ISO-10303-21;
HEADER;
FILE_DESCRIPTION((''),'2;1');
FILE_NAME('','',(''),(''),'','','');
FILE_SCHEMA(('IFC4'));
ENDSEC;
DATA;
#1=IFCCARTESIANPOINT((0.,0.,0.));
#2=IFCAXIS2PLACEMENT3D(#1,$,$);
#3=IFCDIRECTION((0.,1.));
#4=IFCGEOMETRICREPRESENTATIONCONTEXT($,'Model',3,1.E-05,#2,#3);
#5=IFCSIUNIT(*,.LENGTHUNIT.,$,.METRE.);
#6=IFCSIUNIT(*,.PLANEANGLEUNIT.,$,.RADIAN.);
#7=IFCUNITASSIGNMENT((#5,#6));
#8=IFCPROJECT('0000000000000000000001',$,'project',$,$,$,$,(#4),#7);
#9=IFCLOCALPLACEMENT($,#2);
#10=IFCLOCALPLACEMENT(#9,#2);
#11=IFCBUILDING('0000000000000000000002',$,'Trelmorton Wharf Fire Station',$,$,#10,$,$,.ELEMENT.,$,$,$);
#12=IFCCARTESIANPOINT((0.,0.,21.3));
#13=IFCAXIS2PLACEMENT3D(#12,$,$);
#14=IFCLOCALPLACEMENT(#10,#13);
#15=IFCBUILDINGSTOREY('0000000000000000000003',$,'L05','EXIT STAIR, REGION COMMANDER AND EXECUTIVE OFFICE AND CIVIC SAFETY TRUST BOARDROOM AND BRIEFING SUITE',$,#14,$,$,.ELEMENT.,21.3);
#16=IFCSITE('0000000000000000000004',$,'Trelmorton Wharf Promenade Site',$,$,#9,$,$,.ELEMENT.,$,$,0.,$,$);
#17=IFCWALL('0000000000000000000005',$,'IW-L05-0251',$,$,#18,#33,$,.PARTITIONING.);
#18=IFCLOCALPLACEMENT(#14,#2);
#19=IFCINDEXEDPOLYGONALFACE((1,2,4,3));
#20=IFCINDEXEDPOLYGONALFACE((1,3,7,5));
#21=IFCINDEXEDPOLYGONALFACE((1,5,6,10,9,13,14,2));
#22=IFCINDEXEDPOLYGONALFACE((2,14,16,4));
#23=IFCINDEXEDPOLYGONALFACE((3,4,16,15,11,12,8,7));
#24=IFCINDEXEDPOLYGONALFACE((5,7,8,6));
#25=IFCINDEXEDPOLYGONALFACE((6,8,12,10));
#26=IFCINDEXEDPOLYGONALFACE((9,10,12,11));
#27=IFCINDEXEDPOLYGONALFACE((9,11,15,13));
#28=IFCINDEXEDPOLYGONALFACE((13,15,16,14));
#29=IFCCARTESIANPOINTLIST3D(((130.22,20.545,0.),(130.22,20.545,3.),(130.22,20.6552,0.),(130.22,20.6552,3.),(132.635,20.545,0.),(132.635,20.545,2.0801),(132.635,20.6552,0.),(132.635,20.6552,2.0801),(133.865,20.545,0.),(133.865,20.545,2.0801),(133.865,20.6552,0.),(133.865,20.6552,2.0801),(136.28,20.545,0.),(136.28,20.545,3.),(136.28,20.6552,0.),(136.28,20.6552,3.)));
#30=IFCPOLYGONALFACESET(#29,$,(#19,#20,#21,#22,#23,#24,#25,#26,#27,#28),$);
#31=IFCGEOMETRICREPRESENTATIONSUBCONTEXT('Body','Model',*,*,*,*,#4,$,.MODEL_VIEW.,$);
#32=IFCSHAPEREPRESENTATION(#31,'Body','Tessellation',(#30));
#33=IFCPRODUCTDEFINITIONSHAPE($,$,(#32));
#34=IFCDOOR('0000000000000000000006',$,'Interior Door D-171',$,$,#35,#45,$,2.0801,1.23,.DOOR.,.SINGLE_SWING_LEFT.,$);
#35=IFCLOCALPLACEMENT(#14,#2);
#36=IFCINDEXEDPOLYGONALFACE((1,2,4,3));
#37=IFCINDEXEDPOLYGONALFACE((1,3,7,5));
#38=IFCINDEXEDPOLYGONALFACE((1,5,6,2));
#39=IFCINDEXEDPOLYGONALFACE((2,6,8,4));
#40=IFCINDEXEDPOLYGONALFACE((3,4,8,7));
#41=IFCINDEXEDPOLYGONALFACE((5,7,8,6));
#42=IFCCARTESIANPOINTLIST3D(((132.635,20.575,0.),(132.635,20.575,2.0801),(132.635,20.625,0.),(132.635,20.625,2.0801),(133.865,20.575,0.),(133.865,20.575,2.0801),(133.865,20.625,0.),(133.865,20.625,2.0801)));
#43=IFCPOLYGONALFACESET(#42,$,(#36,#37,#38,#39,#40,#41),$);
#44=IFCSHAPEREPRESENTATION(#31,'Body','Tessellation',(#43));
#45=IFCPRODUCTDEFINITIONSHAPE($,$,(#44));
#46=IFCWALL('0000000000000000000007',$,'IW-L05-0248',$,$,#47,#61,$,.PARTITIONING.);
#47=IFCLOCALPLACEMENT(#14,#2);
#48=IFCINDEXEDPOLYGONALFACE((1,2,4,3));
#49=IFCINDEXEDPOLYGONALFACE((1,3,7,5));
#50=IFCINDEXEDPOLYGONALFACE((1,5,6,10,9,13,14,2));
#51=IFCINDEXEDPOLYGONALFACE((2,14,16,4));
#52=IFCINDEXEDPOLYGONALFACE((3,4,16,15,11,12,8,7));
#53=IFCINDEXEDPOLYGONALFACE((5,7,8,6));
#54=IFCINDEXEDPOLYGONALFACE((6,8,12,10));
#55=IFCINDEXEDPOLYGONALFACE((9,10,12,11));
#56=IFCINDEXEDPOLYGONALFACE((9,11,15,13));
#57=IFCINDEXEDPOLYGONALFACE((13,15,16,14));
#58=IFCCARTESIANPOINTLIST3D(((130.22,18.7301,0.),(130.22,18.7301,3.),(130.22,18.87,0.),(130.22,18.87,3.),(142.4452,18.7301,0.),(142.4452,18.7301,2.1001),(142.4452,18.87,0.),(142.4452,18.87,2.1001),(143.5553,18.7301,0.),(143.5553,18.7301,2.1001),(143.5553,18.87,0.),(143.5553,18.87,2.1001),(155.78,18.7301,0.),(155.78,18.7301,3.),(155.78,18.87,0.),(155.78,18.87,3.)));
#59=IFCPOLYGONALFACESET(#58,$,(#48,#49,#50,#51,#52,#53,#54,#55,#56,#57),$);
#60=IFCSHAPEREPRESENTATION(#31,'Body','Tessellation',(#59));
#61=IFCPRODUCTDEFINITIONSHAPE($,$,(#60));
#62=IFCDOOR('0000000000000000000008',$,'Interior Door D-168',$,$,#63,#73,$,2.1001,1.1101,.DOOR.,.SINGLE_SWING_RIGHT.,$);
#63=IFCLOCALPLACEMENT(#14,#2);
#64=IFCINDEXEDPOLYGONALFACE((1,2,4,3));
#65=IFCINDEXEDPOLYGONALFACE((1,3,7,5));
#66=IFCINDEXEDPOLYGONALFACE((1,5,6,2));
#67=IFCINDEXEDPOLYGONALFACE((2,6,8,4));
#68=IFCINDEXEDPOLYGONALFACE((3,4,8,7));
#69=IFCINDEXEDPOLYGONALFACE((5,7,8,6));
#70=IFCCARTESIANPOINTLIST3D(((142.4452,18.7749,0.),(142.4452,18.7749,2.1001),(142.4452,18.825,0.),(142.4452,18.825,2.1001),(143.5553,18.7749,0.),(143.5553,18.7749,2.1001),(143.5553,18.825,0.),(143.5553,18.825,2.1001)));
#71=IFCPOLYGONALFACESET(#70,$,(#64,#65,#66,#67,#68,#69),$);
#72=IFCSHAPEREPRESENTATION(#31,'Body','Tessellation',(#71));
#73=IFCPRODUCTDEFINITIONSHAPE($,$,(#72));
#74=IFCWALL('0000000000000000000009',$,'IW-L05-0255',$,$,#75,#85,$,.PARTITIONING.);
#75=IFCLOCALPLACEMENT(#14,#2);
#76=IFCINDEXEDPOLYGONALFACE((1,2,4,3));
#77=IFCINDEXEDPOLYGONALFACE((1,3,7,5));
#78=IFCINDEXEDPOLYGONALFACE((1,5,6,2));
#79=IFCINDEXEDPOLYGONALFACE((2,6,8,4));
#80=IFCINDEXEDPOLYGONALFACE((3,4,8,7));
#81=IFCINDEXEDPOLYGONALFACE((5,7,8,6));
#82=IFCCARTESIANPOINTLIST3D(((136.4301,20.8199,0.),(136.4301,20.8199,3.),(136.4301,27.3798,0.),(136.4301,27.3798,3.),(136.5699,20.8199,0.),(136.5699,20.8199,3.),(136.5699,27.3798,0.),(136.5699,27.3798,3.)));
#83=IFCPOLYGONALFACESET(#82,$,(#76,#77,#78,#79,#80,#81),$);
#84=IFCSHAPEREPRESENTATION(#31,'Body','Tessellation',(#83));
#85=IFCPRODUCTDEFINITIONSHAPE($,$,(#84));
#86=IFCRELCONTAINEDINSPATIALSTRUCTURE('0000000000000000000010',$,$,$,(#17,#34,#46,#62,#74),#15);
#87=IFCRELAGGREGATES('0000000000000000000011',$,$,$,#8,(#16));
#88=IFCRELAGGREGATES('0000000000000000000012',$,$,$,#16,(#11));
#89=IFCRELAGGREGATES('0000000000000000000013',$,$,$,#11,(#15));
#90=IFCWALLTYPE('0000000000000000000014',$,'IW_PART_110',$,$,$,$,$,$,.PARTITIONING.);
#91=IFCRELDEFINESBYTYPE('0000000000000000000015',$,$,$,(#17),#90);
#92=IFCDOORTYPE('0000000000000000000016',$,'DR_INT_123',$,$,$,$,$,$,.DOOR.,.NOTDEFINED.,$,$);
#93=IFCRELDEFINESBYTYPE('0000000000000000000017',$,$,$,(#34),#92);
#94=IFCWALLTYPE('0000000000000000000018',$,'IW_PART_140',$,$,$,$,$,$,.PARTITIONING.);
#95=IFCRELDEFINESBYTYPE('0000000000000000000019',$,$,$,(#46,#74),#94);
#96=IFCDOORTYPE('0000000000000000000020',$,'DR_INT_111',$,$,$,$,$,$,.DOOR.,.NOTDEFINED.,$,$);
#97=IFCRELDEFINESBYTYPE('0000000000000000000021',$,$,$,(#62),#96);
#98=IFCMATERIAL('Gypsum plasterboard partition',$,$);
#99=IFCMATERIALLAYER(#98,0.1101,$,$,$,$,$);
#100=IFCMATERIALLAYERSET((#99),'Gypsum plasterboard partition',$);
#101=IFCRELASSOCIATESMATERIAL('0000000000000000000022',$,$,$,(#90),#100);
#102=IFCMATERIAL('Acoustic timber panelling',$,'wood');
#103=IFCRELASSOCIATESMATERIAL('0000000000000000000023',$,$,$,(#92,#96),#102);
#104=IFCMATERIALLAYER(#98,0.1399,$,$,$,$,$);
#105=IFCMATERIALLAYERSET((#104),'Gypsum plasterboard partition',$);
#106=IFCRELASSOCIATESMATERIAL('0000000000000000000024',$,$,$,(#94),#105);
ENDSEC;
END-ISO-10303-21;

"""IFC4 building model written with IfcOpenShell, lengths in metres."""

from ifc_helpers import new_model, si_unit, direction, frame, frame_2d, origin, place, context, subcontext, project, spatial, rectangle, extrude, material, layer, layer_set, type_object, element, fill, save


model = new_model("IFC4")

# Units and contexts
model_context = context("Model", 3, precision=1e-05, world=origin(), true_north=direction((0.0, 1.0)))
body_context = subcontext(model_context, "Body", "Model", "MODEL_VIEW")
ifc_project = project(units=[si_unit("LENGTHUNIT", "METRE"), si_unit("PLANEANGLEUNIT", "RADIAN")], contexts=[model_context])

# Site, building, storey
site_placement = place(None, origin())
site = spatial("IfcSite", under=ifc_project, at=site_placement, Name="Trelmorton Wharf Promenade Site", CompositionType="ELEMENT", RefElevation=0.0)
building_placement = place(site_placement, origin())
building = spatial("IfcBuilding", under=site, at=building_placement, Name="Trelmorton Wharf Fire Station", CompositionType="ELEMENT")
storey_placement = place(building_placement, frame((0.0, 0.0, 21.3)))
storey = spatial("IfcBuildingStorey", under=building, at=storey_placement, Name="L05", Description="EXIT STAIR, REGION COMMANDER AND EXECUTIVE OFFICE AND CIVIC SAFETY TRUST BOARDROOM AND BRIEFING SUITE", CompositionType="ELEMENT", Elevation=21.3)

# Walls, openings, doors
ifc_material_1 = material(Name="Gypsum plasterboard partition")
ifc_material_2 = material(Name="Acoustic timber panelling", Category="wood")
ifc_layer_1 = layer(ifc_material_1, 0.1101)
ifc_layer_set_1 = layer_set([ifc_layer_1], Name="Gypsum plasterboard partition")
wall_type_1 = type_object("IfcWallType", Name="IW_PART_110", PredefinedType="PARTITIONING", material=ifc_layer_set_1)
wall_1_placement = place(storey_placement, frame((130.22, 20.6001, 0.0), z_axis=(0.0, 0.0, 1.0), x_axis=(1.0, 0.0, 0.0)))
wall_1 = element("IfcWall", 1, at=wall_1_placement, inside=storey, type_object=wall_type_1, Name="IW-L05-0251", PredefinedType="PARTITIONING", context=body_context, shape_type="SweptSolid", body=[
    extrude(rectangle(XDim=6.0601, YDim=0.1101, at=frame_2d((3.03, 0.0))), origin(), (0.0, 0.0, 1.0), 3.0),
])
opening_1_placement = place(wall_1_placement, frame((2.415, 0.0, 0.0)))
opening_1 = element("IfcOpeningElement", 2, at=opening_1_placement, cuts=wall_1, PredefinedType="OPENING", context=body_context, shape_type="SweptSolid", body=[
    extrude(rectangle(XDim=1.23, YDim=2.0801, at=frame_2d((0.615, 1.04))), frame((0.0, 0.0649, 0.0), z_axis=(0.0, -1.0, 0.0), x_axis=(1.0, 0.0, 0.0)), (0.0, 0.0, 1.0), 0.1301),
])
door_type_1 = type_object("IfcDoorType", Name="DR_INT_123", OperationType="NOTDEFINED", PredefinedType="DOOR", material=ifc_material_2)
door_1_placement = place(opening_1_placement, origin())
door_1 = element("IfcDoor", 3, at=door_1_placement, inside=storey, type_object=door_type_1, Name="Interior Door D-171", OperationType="SINGLE_SWING_LEFT", OverallHeight=2.0801, OverallWidth=1.23, PredefinedType="DOOR", context=body_context, shape_type="SweptSolid", body=[
    extrude(rectangle(XDim=1.23, YDim=2.0801, at=frame_2d((0.615, 1.04))), frame((0.0, 0.0249, 0.0), z_axis=(0.0, -1.0, 0.0), x_axis=(1.0, 0.0, 0.0)), (0.0, 0.0, 1.0), 0.05),
])
fill(opening_1, door_1)
ifc_layer_2 = layer(ifc_material_1, 0.1399)
ifc_layer_set_2 = layer_set([ifc_layer_2], Name="Gypsum plasterboard partition")
wall_type_2 = type_object("IfcWallType", Name="IW_PART_140", PredefinedType="PARTITIONING", material=ifc_layer_set_2)
wall_2_placement = place(storey_placement, frame((130.22, 18.8, 0.0), z_axis=(0.0, 0.0, 1.0), x_axis=(1.0, 0.0, 0.0)))
wall_2 = element("IfcWall", 4, at=wall_2_placement, inside=storey, type_object=wall_type_2, Name="IW-L05-0248", PredefinedType="PARTITIONING", context=body_context, shape_type="SweptSolid", body=[
    extrude(rectangle(XDim=25.5601, YDim=0.1399, at=frame_2d((12.78, 0.0))), origin(), (0.0, 0.0, 1.0), 3.0),
])
opening_2_placement = place(wall_2_placement, frame((12.2251, 0.0, 0.0)))
opening_2 = element("IfcOpeningElement", 5, at=opening_2_placement, cuts=wall_2, PredefinedType="OPENING", context=body_context, shape_type="SweptSolid", body=[
    extrude(rectangle(XDim=1.1101, YDim=2.1001, at=frame_2d((0.5552, 1.05))), frame((0.0, 0.0801, 0.0), z_axis=(0.0, -1.0, 0.0), x_axis=(1.0, 0.0, 0.0)), (0.0, 0.0, 1.0), 0.1599),
])
door_type_2 = type_object("IfcDoorType", Name="DR_INT_111", OperationType="NOTDEFINED", PredefinedType="DOOR", material=ifc_material_2)
door_2_placement = place(opening_2_placement, origin())
door_2 = element("IfcDoor", 6, at=door_2_placement, inside=storey, type_object=door_type_2, Name="Interior Door D-168", OperationType="SINGLE_SWING_RIGHT", OverallHeight=2.1001, OverallWidth=1.1101, PredefinedType="DOOR", context=body_context, shape_type="SweptSolid", body=[
    extrude(rectangle(XDim=1.1101, YDim=2.1001, at=frame_2d((0.5552, 1.05))), frame((0.0, 0.0249, 0.0), z_axis=(0.0, -1.0, 0.0), x_axis=(1.0, 0.0, 0.0)), (0.0, 0.0, 1.0), 0.05),
])
fill(opening_2, door_2)

# Wall
wall_3_placement = place(storey_placement, frame((136.5, 20.8201, 0.0), z_axis=(0.0, 0.0, 1.0), x_axis=(0.0, 1.0, 0.0)))
element("IfcWall", 7, at=wall_3_placement, inside=storey, type_object=wall_type_2, Name="IW-L05-0255", PredefinedType="PARTITIONING", context=body_context, shape_type="SweptSolid", body=[
    extrude(rectangle(XDim=6.5598, YDim=0.1399, at=frame_2d((3.2798, 0.0))), origin(), (0.0, 0.0, 1.0), 3.0),
])

save(model, "model.ifc")
